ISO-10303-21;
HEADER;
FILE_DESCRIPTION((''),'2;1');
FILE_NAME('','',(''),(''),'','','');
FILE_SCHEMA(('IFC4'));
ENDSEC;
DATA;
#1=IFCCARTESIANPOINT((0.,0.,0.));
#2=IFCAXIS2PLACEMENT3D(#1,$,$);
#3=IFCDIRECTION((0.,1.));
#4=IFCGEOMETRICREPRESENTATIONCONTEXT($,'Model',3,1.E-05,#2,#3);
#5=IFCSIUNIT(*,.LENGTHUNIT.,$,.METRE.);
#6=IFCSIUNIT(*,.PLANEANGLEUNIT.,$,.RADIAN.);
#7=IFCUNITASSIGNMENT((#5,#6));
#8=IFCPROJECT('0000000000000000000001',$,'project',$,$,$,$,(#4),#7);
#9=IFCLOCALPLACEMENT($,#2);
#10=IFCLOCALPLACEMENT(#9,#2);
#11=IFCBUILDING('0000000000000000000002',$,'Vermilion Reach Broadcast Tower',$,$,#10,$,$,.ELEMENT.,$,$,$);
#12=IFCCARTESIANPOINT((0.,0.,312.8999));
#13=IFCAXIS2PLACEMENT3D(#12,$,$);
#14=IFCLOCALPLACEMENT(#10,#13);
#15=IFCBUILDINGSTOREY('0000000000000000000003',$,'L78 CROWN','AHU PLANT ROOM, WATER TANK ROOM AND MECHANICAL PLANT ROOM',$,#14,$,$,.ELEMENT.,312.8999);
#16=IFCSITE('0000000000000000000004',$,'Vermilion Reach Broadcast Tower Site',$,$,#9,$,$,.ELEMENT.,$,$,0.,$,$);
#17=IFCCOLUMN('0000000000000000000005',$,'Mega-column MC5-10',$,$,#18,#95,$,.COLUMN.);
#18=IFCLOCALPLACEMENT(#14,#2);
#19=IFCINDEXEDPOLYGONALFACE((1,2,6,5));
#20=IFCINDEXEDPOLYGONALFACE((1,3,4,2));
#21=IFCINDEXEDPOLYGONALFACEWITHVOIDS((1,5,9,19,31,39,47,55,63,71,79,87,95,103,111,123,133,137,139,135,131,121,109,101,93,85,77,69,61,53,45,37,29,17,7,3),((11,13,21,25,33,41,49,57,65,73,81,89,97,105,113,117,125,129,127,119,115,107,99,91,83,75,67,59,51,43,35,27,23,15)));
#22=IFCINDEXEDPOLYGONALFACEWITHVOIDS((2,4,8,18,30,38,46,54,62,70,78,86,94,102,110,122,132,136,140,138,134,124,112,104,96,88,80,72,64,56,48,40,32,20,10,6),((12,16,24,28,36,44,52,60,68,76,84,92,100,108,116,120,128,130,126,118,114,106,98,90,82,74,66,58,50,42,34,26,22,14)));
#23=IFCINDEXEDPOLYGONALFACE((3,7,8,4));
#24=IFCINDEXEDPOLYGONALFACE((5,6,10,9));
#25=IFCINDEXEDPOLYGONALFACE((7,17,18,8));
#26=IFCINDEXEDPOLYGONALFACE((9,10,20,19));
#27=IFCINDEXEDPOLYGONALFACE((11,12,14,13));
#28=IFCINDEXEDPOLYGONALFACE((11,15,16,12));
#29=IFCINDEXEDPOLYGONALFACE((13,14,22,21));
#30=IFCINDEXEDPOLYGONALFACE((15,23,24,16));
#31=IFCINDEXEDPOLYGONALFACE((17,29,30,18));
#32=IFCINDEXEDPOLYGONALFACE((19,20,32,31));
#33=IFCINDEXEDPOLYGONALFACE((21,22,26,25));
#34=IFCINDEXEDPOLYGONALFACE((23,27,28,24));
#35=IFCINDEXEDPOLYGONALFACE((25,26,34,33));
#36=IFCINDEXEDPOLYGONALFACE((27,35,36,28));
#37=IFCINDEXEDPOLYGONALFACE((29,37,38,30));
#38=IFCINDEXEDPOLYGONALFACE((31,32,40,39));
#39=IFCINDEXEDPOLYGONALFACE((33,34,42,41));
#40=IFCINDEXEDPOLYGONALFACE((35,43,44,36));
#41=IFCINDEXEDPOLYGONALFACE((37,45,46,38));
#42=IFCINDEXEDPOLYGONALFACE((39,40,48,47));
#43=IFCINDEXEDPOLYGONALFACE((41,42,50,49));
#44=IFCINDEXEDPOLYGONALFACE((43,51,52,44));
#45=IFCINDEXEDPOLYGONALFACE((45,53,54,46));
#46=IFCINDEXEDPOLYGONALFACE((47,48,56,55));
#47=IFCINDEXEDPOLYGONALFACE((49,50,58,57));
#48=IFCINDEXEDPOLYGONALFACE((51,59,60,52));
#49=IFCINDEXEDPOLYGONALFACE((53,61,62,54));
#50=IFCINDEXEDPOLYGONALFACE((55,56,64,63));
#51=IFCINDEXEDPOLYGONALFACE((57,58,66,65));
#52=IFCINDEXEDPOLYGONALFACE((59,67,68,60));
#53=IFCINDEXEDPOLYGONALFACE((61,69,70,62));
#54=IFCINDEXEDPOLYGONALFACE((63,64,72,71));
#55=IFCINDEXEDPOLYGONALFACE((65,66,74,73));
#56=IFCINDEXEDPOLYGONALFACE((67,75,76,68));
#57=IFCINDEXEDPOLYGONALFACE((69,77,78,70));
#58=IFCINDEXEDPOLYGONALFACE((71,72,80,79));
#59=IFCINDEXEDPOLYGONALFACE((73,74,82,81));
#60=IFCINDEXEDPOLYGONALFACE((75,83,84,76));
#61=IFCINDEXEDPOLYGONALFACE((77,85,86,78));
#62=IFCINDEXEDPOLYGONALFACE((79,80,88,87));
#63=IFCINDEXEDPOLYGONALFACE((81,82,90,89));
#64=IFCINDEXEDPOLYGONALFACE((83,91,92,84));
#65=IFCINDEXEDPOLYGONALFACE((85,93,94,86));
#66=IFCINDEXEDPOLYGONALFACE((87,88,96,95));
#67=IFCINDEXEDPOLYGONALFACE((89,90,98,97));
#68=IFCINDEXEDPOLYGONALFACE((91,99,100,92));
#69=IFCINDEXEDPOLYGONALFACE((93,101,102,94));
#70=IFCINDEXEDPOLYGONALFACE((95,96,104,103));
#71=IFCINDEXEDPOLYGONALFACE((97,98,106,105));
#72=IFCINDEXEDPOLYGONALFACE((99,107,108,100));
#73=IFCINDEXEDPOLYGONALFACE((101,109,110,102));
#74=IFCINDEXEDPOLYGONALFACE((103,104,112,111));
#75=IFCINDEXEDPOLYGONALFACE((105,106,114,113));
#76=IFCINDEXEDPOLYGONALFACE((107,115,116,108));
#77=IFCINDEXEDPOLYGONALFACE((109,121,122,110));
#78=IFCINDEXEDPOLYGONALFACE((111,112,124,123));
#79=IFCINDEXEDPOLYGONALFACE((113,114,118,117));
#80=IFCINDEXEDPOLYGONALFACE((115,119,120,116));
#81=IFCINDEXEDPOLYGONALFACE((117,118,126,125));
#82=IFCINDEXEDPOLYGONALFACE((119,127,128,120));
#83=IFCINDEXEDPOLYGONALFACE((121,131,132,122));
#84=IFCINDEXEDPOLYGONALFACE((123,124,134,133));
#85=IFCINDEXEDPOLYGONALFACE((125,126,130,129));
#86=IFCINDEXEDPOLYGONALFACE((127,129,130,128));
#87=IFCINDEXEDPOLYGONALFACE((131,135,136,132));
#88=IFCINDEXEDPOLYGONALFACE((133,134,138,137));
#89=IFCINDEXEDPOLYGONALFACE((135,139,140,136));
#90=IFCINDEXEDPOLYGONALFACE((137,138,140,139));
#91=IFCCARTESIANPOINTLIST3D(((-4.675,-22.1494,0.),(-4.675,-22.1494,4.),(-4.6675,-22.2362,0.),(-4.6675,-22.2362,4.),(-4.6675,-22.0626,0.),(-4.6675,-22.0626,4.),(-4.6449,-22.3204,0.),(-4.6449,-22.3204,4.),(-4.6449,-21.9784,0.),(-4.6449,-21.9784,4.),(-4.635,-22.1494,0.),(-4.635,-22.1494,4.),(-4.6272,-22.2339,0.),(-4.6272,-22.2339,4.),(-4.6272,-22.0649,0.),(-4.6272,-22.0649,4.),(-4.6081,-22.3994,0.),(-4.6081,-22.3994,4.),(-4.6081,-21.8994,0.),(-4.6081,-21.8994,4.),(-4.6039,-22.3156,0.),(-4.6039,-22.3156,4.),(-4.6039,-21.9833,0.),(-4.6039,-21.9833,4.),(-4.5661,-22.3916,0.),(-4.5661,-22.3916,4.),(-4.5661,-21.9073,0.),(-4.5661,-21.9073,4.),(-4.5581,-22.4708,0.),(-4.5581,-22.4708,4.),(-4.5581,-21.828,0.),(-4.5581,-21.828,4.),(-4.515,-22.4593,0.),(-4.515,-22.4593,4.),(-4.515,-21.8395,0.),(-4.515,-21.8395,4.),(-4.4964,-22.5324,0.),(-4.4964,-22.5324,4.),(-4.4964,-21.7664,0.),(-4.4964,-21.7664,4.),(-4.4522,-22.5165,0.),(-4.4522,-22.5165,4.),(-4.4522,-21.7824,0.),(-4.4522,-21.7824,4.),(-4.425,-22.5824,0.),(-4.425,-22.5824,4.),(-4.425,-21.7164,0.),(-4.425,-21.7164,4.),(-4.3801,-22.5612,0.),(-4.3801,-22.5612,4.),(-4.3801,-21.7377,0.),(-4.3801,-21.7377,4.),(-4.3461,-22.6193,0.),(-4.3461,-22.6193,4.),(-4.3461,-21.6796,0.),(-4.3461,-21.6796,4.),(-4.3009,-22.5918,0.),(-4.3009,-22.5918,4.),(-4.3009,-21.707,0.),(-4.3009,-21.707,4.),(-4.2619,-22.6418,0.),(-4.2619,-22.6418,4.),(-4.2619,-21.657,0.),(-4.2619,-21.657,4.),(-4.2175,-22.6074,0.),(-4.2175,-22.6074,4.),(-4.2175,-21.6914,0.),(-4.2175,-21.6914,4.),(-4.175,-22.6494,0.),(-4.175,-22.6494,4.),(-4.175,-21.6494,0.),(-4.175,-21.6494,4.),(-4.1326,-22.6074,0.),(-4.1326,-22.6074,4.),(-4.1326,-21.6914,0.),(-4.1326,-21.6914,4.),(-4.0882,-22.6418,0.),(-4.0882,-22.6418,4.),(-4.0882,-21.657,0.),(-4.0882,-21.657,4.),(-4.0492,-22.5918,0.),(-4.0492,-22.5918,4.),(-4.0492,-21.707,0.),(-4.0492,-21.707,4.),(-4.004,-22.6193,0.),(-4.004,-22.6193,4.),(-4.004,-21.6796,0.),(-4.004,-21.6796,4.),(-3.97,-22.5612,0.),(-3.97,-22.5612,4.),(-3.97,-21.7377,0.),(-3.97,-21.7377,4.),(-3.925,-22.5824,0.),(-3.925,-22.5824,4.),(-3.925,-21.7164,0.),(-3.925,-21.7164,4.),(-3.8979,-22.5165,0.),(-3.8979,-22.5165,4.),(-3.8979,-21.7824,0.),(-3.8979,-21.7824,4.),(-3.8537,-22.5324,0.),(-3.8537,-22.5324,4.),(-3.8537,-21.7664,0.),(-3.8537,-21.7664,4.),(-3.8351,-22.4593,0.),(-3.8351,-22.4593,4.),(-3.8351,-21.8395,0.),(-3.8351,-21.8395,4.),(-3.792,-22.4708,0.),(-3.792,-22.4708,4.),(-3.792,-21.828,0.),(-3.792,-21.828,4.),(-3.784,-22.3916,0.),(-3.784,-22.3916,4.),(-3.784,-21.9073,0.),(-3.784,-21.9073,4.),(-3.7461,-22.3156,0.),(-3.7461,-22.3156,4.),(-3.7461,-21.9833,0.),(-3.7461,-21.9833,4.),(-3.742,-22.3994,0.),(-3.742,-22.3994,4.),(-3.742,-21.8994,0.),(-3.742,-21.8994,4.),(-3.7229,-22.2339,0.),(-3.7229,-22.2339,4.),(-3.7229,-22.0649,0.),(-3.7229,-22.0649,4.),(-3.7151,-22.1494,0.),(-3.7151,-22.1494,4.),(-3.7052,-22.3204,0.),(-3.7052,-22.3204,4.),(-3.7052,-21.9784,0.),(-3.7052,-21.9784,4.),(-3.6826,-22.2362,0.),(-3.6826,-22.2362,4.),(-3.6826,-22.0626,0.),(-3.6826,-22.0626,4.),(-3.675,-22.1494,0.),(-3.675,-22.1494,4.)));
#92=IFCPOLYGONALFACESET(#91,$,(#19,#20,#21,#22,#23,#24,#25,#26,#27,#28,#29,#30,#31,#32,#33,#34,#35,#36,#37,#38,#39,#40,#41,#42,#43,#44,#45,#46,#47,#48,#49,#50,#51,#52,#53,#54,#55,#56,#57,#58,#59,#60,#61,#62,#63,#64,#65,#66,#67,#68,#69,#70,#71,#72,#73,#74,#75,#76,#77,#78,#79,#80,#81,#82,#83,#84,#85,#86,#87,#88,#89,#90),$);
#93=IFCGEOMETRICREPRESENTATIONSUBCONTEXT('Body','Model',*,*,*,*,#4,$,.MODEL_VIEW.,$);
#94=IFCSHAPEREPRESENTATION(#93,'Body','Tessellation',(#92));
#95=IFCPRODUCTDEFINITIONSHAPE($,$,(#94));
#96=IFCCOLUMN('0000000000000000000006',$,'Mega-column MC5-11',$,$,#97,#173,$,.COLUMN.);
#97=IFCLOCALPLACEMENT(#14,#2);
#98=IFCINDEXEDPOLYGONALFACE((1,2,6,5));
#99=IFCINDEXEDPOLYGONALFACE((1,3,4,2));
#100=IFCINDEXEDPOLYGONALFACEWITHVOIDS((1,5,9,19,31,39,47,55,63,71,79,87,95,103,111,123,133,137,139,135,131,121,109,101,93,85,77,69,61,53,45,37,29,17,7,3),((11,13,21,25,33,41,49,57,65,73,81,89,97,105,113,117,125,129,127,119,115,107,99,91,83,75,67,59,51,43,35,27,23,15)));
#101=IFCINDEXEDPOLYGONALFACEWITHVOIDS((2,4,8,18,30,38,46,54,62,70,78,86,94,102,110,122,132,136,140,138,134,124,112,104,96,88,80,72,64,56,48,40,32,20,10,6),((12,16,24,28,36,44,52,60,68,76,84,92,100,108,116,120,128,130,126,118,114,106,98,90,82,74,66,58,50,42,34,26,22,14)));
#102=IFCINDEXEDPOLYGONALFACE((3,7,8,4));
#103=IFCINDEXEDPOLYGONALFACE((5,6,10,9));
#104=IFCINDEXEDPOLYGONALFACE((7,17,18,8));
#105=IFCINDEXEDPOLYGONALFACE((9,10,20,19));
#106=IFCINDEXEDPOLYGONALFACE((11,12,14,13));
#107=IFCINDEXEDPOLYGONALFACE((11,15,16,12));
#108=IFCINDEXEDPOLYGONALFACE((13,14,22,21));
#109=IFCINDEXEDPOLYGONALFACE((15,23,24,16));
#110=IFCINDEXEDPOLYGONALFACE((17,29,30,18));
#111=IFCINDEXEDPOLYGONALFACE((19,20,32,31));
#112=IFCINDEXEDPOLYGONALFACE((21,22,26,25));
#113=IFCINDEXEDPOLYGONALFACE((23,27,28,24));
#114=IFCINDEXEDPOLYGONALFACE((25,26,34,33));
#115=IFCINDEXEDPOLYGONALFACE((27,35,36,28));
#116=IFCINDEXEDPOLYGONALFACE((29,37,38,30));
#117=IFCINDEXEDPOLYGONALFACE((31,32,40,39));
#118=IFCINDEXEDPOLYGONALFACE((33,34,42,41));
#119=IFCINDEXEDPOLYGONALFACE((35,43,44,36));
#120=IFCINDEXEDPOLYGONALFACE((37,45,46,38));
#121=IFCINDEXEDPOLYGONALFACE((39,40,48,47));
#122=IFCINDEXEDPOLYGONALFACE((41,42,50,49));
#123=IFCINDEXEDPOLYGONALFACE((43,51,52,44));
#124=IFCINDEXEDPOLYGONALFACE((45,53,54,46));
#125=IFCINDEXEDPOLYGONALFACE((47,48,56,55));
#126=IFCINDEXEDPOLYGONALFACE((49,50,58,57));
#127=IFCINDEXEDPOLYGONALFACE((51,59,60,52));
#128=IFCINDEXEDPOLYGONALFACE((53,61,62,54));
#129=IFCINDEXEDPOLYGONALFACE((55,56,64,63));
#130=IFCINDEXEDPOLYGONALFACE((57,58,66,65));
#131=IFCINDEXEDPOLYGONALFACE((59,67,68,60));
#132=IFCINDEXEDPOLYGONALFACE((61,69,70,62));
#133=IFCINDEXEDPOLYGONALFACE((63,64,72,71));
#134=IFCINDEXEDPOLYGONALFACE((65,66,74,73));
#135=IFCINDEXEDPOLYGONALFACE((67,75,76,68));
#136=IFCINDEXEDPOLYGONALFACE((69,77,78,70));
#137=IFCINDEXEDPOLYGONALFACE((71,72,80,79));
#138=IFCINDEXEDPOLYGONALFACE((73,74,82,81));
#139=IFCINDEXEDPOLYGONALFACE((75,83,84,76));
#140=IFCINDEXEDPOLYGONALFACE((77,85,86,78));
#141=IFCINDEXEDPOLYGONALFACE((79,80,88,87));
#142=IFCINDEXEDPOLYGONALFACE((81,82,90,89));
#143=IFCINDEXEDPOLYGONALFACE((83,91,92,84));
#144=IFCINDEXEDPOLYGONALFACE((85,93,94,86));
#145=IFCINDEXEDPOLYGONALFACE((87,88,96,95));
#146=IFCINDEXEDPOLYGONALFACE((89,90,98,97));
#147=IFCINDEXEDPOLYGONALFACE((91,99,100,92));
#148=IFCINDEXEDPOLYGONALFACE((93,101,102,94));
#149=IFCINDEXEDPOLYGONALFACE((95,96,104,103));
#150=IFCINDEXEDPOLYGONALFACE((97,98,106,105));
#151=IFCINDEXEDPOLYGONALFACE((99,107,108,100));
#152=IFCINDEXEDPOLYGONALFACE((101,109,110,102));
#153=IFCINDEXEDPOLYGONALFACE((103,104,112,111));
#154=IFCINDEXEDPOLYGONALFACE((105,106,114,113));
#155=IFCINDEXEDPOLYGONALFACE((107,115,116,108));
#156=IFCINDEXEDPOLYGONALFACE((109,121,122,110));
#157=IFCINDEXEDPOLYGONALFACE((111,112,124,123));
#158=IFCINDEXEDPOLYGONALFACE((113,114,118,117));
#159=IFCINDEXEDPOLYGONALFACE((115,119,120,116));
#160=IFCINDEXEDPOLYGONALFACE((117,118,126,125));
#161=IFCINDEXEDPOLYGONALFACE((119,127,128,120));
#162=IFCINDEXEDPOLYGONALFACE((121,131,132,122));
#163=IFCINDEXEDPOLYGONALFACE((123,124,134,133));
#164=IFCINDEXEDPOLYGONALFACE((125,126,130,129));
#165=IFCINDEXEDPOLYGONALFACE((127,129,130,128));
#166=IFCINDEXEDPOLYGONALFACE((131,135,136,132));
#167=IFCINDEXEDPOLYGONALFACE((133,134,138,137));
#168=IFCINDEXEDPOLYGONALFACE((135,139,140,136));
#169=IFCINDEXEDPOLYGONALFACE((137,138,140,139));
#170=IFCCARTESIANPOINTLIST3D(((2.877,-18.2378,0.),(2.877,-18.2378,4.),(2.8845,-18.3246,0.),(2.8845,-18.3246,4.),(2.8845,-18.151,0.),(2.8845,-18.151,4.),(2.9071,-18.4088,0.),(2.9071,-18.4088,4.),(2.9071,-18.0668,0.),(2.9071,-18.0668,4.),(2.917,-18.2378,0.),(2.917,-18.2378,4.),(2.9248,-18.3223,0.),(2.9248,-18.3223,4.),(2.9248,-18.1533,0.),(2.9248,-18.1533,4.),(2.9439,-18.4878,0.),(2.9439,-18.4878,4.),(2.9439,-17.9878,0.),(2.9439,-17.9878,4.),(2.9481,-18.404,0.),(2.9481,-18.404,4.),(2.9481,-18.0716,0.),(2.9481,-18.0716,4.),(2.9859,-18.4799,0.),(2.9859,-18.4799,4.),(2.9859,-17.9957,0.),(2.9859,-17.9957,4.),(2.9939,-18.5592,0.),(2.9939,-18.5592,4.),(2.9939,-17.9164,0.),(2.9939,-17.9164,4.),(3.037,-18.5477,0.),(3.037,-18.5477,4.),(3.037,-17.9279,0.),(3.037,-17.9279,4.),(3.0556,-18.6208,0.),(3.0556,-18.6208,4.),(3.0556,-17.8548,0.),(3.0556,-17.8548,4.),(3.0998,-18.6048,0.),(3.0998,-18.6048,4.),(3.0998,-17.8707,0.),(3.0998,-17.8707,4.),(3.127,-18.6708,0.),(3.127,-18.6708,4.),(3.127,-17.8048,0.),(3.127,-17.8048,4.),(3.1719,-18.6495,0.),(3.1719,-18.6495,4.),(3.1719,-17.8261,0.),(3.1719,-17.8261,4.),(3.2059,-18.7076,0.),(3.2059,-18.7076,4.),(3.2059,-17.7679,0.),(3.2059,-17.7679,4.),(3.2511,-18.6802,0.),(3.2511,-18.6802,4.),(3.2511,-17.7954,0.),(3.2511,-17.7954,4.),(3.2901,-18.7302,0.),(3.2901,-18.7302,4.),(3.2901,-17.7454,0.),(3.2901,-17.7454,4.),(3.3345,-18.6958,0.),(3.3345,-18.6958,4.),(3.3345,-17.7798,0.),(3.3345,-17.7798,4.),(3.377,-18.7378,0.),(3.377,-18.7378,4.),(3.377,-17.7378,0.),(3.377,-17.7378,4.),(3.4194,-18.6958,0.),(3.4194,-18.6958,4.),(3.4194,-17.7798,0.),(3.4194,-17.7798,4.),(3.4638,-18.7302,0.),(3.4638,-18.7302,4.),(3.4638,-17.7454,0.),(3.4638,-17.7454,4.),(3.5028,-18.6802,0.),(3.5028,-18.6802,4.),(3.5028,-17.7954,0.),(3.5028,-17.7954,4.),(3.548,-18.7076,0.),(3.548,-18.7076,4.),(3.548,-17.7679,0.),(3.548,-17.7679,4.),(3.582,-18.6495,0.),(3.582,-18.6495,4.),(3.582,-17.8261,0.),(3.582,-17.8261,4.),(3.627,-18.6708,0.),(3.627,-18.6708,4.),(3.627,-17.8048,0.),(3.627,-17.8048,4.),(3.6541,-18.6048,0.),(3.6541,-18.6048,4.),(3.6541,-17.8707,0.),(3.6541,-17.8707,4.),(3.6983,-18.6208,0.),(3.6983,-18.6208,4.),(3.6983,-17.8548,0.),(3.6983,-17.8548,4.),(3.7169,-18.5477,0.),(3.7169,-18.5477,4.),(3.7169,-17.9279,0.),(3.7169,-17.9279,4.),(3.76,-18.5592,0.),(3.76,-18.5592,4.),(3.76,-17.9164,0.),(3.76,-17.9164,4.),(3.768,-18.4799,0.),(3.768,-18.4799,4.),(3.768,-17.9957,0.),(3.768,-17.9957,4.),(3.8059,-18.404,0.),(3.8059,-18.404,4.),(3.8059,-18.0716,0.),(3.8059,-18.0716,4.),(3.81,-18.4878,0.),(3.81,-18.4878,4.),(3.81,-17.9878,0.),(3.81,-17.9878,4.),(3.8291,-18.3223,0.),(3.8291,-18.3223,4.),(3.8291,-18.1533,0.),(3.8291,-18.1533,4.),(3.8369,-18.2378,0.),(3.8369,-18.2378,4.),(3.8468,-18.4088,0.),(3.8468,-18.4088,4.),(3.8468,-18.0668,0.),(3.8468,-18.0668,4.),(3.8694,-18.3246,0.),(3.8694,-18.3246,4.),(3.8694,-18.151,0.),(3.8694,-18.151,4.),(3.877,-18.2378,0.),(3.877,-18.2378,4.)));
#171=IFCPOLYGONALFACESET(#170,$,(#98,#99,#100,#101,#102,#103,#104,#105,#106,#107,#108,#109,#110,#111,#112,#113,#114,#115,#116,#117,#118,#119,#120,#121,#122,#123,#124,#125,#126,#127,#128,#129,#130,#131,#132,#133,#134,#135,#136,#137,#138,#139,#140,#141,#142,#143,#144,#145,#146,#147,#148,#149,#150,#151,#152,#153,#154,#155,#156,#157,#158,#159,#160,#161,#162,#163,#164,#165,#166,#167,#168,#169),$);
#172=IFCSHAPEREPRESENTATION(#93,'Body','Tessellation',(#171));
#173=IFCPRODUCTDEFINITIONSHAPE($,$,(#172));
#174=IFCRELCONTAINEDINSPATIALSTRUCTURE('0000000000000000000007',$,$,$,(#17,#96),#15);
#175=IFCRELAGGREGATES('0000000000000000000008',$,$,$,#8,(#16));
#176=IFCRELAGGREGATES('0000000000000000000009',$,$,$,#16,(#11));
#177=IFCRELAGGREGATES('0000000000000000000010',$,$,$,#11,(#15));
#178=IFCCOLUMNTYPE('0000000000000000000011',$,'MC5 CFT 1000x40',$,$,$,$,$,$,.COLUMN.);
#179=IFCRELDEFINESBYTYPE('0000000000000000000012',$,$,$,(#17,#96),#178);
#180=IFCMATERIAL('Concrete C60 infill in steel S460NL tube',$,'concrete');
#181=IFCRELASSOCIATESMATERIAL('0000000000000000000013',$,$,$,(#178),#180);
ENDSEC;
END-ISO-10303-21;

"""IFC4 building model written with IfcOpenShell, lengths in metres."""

from ifc_helpers import new_model, si_unit, direction, frame, origin, origin_2d, place, context, subcontext, project, spatial, hollow_circle, extrude, material, material_profile, profile_set, type_object, element, save


model = new_model("IFC4")

# Units and contexts
model_context = context("Model", 3, precision=1e-05, world=origin(), true_north=direction((0.0, 1.0)))
body_context = subcontext(model_context, "Body", "Model", "MODEL_VIEW")
ifc_project = project(units=[si_unit("LENGTHUNIT", "METRE"), si_unit("PLANEANGLEUNIT", "RADIAN")], contexts=[model_context])

# Site, building, storey
site_placement = place(None, origin())
site = spatial("IfcSite", under=ifc_project, at=site_placement, Name="Vermilion Reach Broadcast Tower Site", CompositionType="ELEMENT", RefElevation=0.0)
building_placement = place(site_placement, origin())
building = spatial("IfcBuilding", under=site, at=building_placement, Name="Vermilion Reach Broadcast Tower", CompositionType="ELEMENT")
storey_placement = place(building_placement, frame((0.0, 0.0, 312.8999)))
storey = spatial("IfcBuildingStorey", under=building, at=storey_placement, Name="L78 CROWN", Description="AHU PLANT ROOM, WATER TANK ROOM AND MECHANICAL PLANT ROOM", CompositionType="ELEMENT", Elevation=312.8999)

# Columns
ifc_material_1 = material(Name="Concrete C60 infill in steel S460NL tube", Category="concrete")
ifc_material_profile_1 = material_profile(ifc_material_1, hollow_circle(Radius=0.5, WallThickness=0.04, at=origin_2d()), Name="Concrete C60 infill in steel S460NL tube CFT 1000x40")
ifc_profile_set_1 = profile_set([ifc_material_profile_1], Name="Concrete C60 infill in steel S460NL tube")
column_type = type_object("IfcColumnType", Name="MC5 CFT 1000x40", PredefinedType="COLUMN", material=ifc_profile_set_1)
for number, where, z_axis, x_axis, name in (
    (1, (-4.175, -22.1494, 0.0), (0.0, 0.0, 1.0), (1.0, 0.0, 0.0), "Mega-column MC5-10"),
    (2, (3.377, -18.2378, 0.0), (0.0, 0.0, 1.0), (1.0, 0.0, 0.0), "Mega-column MC5-11"),
):
    element("IfcColumn", number, at=place(storey_placement, frame(where, z_axis=z_axis, x_axis=x_axis)), inside=storey, type_object=column_type, Name=name, PredefinedType="COLUMN", context=body_context, shape_type="SweptSolid", body=[
        extrude(hollow_circle(Radius=0.5, WallThickness=0.04, at=origin_2d()), origin(), (0.0, 0.0, 1.0), 4.0),
    ])

save(model, "model.ifc")
